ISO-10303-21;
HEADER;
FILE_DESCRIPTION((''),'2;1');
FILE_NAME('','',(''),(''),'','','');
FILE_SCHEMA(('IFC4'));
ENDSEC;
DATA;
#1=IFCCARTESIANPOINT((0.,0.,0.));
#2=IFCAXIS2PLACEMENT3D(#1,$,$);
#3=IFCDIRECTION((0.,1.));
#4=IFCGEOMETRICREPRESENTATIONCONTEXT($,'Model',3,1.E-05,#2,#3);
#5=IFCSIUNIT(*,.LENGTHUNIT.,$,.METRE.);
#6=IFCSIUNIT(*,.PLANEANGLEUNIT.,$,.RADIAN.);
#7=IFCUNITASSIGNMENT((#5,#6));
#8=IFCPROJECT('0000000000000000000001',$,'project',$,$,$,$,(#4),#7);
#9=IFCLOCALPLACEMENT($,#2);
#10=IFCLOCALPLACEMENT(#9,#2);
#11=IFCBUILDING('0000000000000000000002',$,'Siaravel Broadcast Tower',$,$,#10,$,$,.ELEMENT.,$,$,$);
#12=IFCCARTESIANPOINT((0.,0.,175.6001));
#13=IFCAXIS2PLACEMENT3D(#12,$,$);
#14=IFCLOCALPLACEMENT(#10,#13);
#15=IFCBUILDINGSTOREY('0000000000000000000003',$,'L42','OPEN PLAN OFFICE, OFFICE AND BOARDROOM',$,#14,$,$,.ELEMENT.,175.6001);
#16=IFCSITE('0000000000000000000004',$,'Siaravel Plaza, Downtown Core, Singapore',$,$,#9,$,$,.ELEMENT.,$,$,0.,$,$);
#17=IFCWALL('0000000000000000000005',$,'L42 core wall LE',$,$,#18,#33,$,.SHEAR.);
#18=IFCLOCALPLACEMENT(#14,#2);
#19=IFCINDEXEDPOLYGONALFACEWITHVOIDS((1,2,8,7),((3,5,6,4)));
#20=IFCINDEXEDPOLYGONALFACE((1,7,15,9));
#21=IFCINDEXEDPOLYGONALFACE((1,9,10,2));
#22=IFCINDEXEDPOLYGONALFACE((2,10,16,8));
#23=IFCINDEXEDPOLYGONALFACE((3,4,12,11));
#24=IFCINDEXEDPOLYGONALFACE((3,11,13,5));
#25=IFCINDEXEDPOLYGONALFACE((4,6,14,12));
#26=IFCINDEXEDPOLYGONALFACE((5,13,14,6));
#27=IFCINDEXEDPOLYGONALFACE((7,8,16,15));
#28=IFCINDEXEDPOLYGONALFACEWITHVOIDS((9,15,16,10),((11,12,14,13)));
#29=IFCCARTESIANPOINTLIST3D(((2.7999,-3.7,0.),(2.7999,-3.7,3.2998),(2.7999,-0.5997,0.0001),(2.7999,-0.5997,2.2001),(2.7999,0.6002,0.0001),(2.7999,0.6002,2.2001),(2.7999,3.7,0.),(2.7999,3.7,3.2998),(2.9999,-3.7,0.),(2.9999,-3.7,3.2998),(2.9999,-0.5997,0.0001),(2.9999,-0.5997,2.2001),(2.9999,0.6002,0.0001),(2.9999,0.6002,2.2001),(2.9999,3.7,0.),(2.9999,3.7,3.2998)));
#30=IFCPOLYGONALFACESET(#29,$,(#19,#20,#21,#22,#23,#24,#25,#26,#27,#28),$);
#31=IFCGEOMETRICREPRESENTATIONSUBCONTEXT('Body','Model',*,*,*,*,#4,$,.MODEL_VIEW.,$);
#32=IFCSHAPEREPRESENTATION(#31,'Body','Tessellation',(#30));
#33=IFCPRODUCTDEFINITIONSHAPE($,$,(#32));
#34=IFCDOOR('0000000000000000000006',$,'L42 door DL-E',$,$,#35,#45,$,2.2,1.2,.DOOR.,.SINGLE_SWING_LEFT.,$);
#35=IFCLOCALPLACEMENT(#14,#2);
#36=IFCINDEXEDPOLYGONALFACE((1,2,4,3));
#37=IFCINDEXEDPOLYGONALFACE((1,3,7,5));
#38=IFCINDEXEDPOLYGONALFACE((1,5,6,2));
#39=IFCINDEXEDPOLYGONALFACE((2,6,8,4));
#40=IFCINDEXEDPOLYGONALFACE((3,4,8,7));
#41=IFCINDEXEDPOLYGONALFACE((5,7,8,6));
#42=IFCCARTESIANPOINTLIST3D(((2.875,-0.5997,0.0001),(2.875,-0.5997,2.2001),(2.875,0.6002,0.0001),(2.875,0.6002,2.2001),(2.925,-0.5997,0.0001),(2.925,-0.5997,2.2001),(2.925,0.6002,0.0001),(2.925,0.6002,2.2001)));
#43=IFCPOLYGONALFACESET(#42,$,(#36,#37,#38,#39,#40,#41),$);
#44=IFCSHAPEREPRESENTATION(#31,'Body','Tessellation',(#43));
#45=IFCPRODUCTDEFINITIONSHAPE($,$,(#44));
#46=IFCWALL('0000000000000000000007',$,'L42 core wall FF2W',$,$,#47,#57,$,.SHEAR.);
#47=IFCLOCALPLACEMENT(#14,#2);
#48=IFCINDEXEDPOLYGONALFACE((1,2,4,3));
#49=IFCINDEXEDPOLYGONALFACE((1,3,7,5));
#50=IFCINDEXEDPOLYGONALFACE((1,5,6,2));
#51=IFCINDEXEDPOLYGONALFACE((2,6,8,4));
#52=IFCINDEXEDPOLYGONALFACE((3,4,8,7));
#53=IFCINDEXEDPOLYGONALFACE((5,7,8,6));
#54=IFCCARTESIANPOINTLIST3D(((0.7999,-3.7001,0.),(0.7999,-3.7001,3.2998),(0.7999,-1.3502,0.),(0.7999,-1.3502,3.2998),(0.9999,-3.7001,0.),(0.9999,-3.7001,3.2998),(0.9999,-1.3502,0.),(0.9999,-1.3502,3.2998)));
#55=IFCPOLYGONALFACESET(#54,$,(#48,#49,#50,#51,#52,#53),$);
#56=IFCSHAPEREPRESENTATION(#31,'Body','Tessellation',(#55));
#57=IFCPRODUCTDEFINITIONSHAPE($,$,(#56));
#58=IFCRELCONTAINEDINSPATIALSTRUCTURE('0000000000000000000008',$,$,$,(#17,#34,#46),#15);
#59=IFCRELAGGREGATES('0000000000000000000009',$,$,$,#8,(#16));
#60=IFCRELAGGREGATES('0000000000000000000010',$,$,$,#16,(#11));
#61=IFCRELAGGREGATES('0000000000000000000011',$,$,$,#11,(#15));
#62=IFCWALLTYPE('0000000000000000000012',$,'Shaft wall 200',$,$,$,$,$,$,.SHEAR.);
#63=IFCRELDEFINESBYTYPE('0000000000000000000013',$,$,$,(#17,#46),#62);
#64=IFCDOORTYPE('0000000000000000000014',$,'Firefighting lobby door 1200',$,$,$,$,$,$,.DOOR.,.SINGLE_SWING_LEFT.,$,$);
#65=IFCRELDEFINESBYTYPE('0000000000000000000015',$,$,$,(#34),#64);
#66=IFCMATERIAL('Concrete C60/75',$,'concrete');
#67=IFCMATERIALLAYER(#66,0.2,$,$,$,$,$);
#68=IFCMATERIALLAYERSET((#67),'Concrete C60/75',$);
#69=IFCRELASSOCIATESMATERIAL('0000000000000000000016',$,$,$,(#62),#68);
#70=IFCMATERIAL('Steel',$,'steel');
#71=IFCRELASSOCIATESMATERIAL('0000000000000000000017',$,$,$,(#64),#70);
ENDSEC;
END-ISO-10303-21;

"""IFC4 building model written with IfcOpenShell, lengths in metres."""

from ifc_helpers import new_model, si_unit, direction, frame, frame_2d, origin, place, context, subcontext, project, spatial, rectangle, extrude, material, layer, layer_set, type_object, element, fill, save


model = new_model("IFC4")

# Units and contexts
model_context = context("Model", 3, precision=1e-05, world=origin(), true_north=direction((0.0, 1.0)))
body_context = subcontext(model_context, "Body", "Model", "MODEL_VIEW")
ifc_project = project(units=[si_unit("LENGTHUNIT", "METRE"), si_unit("PLANEANGLEUNIT", "RADIAN")], contexts=[model_context])

# Site, building, storey
site_placement = place(None, origin())
site = spatial("IfcSite", under=ifc_project, at=site_placement, Name="Siaravel Plaza, Downtown Core, Singapore", CompositionType="ELEMENT", RefElevation=0.0)
building_placement = place(site_placement, origin())
building = spatial("IfcBuilding", under=site, at=building_placement, Name="Siaravel Broadcast Tower", CompositionType="ELEMENT")
storey_placement = place(building_placement, frame((0.0, 0.0, 175.6001)))
storey = spatial("IfcBuildingStorey", under=building, at=storey_placement, Name="L42", Description="OPEN PLAN OFFICE, OFFICE AND BOARDROOM", CompositionType="ELEMENT", Elevation=175.6001)

# Shared definitions
ifc_material_1 = material(Name="Concrete C60/75", Category="concrete")

# Shared definitions
ifc_material_2 = material(Name="Steel", Category="steel")

# Shared definitions
ifc_layer_1 = layer(ifc_material_1, 0.2)
ifc_layer_set_1 = layer_set([ifc_layer_1], Name="Concrete C60/75")
wall_type_1 = type_object("IfcWallType", Name="Shaft wall 200", PredefinedType="SHEAR", material=ifc_layer_set_1)

# Wall, opening, door
wall_1_placement = place(storey_placement, frame((2.8999, -3.7, 0.0), z_axis=(0.0, 0.0, 1.0), x_axis=(0.0, 1.0, 0.0)))
wall_1 = element("IfcWall", 1, at=wall_1_placement, inside=storey, type_object=wall_type_1, Name="L42 core wall LE", PredefinedType="SHEAR", context=body_context, shape_type="SweptSolid", body=[
    extrude(rectangle(XDim=7.3999, YDim=0.2, at=frame_2d((3.7, 0.0))), origin(), (0.0, 0.0, 1.0), 3.2998),
])
opening_1_placement = place(wall_1_placement, frame((3.1001, 0.0, 0.0)))
opening_1 = element("IfcOpeningElement", 2, at=opening_1_placement, cuts=wall_1, PredefinedType="OPENING", context=body_context, shape_type="SweptSolid", body=[
    extrude(rectangle(XDim=1.2, YDim=2.2, at=frame_2d((0.6001, 1.1001))), frame((0.0, 0.1099, 0.0), z_axis=(0.0, -1.0, 0.0), x_axis=(1.0, 0.0, 0.0)), (0.0, 0.0, 1.0), 0.22),
])
door_type_1 = type_object("IfcDoorType", Name="Firefighting lobby door 1200", OperationType="SINGLE_SWING_LEFT", PredefinedType="DOOR", material=ifc_material_2)
door_1_placement = place(opening_1_placement, origin())
door_1 = element("IfcDoor", 3, at=door_1_placement, inside=storey, type_object=door_type_1, Name="L42 door DL-E", OperationType="SINGLE_SWING_LEFT", OverallHeight=2.2, OverallWidth=1.2, PredefinedType="DOOR", context=body_context, shape_type="SweptSolid", body=[
    extrude(rectangle(XDim=1.2, YDim=2.2, at=frame_2d((0.6001, 1.1001))), frame((0.0, 0.0249, 0.0), z_axis=(0.0, -1.0, 0.0), x_axis=(1.0, 0.0, 0.0)), (0.0, 0.0, 1.0), 0.05),
])
fill(opening_1, door_1)

# Wall
wall_2_placement = place(storey_placement, frame((0.8999, -3.7, 0.0), z_axis=(0.0, 0.0, 1.0), x_axis=(0.0, 1.0, 0.0)))
element("IfcWall", 4, at=wall_2_placement, inside=storey, type_object=wall_type_1, Name="L42 core wall FF2W", PredefinedType="SHEAR", context=body_context, shape_type="SweptSolid", body=[
    extrude(rectangle(XDim=2.3499, YDim=0.2, at=frame_2d((1.1748, 0.0))), origin(), (0.0, 0.0, 1.0), 3.2998),
])

save(model, "model.ifc")
